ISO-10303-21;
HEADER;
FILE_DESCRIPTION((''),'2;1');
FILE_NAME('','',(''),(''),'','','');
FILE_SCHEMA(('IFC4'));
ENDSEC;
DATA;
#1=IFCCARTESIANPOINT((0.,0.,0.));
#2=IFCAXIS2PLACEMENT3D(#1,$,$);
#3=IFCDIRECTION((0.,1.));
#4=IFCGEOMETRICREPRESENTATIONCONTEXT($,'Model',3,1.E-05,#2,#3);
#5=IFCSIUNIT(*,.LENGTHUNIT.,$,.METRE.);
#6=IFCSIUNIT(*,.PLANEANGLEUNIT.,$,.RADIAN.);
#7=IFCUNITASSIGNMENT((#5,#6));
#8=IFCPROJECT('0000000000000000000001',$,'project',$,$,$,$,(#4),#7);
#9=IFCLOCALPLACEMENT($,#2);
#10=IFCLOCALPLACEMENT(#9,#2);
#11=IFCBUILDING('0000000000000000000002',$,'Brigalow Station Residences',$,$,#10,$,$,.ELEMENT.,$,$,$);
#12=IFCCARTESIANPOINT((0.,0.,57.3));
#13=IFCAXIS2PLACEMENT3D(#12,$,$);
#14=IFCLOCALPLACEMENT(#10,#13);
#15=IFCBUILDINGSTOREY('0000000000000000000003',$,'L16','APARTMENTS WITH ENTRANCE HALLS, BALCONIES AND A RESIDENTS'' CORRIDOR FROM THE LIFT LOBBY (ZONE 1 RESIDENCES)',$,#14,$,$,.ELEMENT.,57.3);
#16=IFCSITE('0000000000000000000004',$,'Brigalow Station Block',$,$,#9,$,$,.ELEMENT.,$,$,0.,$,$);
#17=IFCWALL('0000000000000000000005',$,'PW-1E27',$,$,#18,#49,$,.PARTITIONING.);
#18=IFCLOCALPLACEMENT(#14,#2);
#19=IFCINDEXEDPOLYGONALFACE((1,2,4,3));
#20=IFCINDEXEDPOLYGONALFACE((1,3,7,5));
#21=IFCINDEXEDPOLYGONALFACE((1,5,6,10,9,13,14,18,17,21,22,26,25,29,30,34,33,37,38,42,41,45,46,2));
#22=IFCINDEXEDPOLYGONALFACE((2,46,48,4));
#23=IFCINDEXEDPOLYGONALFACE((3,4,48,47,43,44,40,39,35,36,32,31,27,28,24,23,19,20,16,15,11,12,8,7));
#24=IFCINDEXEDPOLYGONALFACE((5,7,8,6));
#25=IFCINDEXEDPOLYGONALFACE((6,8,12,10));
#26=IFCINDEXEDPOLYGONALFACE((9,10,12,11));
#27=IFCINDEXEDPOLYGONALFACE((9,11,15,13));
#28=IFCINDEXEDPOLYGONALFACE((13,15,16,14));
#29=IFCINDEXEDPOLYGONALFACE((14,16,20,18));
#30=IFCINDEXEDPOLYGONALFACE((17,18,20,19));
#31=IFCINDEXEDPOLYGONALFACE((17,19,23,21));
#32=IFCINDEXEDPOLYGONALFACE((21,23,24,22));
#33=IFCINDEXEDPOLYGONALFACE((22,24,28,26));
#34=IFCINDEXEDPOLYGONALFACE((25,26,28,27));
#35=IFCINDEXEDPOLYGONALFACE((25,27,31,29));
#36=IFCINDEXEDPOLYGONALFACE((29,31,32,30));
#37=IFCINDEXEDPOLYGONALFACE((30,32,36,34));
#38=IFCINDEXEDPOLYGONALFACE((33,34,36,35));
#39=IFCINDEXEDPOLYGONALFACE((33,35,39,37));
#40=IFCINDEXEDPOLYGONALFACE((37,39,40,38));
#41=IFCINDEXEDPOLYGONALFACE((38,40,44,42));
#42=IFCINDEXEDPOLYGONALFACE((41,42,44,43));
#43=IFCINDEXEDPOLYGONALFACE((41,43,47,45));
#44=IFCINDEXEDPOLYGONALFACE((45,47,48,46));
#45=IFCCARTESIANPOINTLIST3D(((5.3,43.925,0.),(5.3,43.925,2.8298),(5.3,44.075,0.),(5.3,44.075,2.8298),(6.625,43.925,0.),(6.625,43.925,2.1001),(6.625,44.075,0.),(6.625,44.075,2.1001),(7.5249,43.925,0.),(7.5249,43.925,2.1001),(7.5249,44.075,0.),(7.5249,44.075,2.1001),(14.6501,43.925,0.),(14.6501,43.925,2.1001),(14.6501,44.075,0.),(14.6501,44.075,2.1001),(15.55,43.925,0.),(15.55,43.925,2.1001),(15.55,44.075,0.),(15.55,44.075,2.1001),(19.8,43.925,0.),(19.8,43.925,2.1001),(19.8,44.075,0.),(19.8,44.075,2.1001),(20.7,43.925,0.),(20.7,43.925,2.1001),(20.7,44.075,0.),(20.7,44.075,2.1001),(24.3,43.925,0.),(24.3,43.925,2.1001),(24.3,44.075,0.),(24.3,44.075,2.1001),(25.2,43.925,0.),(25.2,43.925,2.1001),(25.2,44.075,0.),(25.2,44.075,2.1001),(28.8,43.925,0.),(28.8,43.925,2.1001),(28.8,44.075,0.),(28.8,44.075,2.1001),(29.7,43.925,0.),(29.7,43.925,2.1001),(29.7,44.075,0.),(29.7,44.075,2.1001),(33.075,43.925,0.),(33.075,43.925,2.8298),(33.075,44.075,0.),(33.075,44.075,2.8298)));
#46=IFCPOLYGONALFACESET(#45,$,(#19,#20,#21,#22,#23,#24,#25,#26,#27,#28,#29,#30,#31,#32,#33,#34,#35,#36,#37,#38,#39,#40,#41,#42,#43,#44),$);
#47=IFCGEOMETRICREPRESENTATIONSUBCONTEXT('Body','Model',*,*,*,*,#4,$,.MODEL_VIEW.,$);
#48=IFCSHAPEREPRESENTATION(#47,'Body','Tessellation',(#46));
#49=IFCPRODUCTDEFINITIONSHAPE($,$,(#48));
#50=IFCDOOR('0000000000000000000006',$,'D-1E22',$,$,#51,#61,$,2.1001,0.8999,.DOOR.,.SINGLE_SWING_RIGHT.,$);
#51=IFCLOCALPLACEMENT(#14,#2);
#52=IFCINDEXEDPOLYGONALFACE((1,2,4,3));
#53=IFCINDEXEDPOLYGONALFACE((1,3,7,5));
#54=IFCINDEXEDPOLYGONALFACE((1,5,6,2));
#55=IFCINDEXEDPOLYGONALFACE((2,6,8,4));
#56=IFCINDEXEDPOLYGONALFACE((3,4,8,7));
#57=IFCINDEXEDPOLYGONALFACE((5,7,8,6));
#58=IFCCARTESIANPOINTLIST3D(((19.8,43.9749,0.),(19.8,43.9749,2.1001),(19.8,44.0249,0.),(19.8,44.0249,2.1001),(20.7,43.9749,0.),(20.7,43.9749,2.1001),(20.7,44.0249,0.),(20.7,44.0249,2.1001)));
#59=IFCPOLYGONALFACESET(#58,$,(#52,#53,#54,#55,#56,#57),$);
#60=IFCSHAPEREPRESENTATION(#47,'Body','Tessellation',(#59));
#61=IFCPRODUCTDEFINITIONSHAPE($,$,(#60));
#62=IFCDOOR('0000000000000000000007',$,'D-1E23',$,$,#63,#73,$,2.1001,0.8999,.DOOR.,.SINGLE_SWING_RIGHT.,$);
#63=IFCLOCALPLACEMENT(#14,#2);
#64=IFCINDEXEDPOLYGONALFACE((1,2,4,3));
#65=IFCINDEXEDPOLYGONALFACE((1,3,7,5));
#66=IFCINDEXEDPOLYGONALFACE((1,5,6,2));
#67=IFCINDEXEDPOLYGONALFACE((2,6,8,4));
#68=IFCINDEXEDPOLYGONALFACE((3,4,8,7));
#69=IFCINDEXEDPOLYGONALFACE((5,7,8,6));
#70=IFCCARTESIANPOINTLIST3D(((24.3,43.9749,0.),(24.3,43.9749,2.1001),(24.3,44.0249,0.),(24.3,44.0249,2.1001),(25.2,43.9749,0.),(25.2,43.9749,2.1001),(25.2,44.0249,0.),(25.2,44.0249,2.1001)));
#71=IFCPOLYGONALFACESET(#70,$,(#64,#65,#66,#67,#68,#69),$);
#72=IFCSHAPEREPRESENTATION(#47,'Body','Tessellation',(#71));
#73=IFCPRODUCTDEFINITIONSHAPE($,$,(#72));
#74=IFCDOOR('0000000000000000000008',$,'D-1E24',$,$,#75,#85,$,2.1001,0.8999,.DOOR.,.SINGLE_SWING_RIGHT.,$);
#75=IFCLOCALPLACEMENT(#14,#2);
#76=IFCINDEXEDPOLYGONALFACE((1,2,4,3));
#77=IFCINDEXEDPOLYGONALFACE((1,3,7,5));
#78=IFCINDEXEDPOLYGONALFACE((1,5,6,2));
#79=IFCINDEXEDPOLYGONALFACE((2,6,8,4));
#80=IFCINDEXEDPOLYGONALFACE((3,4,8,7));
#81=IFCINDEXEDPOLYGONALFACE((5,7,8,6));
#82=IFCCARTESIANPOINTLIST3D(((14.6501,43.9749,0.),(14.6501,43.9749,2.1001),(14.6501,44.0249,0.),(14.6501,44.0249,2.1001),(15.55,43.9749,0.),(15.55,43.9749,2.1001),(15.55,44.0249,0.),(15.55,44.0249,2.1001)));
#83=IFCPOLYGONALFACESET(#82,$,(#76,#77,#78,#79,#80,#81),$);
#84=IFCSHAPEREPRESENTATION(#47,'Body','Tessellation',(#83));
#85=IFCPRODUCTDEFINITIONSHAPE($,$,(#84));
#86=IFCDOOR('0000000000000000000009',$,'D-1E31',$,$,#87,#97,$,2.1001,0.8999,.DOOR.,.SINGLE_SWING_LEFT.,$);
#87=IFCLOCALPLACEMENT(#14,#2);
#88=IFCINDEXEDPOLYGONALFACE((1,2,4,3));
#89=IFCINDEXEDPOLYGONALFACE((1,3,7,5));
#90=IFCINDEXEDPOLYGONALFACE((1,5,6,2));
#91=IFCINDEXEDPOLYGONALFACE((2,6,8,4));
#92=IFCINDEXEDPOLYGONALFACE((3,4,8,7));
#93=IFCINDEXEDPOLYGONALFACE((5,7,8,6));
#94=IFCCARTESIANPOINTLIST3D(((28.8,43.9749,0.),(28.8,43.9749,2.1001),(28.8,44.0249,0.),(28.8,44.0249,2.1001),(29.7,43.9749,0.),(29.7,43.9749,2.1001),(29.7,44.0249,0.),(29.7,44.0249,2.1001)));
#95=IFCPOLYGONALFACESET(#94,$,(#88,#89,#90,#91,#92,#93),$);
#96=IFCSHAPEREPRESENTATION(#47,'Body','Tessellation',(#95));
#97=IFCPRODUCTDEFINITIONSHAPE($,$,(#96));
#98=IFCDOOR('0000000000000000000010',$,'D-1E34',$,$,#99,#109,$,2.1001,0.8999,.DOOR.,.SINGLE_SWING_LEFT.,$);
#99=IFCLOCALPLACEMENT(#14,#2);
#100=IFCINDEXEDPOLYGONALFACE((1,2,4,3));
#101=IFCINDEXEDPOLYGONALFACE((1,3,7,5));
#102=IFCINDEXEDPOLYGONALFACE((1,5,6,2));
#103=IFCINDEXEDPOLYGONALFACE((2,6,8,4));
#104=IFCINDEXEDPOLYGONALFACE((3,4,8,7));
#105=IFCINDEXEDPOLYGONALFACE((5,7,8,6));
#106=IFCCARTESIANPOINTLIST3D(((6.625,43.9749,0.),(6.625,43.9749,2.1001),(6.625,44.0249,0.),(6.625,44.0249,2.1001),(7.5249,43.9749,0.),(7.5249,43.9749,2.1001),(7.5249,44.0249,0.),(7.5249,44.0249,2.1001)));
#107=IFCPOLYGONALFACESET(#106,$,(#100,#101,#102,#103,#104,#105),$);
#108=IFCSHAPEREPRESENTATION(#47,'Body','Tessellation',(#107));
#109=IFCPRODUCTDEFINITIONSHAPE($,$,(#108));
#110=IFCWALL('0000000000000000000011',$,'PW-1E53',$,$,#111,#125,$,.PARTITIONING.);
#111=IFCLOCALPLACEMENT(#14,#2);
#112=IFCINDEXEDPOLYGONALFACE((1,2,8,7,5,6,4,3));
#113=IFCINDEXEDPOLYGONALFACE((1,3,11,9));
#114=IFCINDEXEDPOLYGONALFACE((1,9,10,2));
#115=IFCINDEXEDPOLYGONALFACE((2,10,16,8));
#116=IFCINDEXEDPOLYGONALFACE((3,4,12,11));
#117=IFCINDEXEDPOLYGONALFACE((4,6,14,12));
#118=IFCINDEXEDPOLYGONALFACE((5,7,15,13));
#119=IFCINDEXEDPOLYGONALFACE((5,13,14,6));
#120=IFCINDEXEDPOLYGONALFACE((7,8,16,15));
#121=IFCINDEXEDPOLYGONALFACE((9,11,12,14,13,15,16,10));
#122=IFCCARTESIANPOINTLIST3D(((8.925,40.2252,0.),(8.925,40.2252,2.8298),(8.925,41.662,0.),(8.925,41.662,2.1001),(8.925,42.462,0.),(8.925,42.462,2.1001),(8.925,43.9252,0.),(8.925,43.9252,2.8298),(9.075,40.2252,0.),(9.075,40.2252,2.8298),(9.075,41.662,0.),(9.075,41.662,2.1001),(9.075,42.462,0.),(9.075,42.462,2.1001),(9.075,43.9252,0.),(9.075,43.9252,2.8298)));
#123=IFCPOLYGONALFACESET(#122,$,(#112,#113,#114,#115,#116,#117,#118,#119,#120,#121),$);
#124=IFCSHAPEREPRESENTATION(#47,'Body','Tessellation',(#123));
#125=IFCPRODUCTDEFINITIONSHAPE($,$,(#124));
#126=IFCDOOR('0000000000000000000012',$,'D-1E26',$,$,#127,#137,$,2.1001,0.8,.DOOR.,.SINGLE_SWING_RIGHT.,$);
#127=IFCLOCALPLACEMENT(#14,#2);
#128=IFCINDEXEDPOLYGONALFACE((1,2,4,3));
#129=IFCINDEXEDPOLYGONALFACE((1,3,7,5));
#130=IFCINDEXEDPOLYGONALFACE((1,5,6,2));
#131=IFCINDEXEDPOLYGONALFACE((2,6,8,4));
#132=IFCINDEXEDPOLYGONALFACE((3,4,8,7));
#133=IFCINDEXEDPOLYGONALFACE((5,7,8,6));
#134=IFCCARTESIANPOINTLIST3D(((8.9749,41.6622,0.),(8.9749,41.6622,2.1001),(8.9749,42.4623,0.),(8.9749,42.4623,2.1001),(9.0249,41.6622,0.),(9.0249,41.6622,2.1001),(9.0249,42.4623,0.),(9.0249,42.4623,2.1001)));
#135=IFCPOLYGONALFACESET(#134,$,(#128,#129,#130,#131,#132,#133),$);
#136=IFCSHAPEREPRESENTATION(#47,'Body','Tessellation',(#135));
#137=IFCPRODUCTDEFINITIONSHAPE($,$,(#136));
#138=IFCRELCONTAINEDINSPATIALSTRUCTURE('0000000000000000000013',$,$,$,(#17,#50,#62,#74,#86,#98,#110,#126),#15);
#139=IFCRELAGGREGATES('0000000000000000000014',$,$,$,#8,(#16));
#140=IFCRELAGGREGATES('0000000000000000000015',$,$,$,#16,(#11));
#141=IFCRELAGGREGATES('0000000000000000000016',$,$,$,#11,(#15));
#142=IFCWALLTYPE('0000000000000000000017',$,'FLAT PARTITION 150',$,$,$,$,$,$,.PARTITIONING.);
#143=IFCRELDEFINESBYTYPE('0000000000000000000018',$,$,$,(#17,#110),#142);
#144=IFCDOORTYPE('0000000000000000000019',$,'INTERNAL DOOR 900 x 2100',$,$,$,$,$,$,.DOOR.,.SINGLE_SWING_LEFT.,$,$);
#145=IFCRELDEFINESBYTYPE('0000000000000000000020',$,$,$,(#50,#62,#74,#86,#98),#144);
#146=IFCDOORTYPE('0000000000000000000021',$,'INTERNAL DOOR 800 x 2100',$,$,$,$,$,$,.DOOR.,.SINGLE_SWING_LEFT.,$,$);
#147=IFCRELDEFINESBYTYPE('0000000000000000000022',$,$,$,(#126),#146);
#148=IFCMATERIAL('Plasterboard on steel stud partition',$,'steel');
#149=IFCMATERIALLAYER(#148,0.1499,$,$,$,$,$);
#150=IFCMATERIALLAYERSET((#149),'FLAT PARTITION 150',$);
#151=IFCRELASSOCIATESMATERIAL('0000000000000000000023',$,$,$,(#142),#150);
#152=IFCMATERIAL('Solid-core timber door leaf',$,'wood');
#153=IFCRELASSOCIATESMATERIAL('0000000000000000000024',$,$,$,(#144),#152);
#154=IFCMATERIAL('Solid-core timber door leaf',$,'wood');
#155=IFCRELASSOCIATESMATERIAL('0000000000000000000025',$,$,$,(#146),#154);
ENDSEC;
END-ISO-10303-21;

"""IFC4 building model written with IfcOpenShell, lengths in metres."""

from ifc_helpers import new_model, si_unit, direction, frame, frame_2d, origin, place, context, subcontext, project, spatial, rectangle, extrude, material, layer, layer_set, type_object, element, fill, save


model = new_model("IFC4")

# Units and contexts
model_context = context("Model", 3, precision=1e-05, world=origin(), true_north=direction((0.0, 1.0)))
body_context = subcontext(model_context, "Body", "Model", "MODEL_VIEW")
ifc_project = project(units=[si_unit("LENGTHUNIT", "METRE"), si_unit("PLANEANGLEUNIT", "RADIAN")], contexts=[model_context])

# Site, building, storey
site_placement = place(None, origin())
site = spatial("IfcSite", under=ifc_project, at=site_placement, Name="Brigalow Station Block", CompositionType="ELEMENT", RefElevation=0.0)
building_placement = place(site_placement, origin())
building = spatial("IfcBuilding", under=site, at=building_placement, Name="Brigalow Station Residences", CompositionType="ELEMENT")
storey_placement = place(building_placement, frame((0.0, 0.0, 57.3)))
storey = spatial("IfcBuildingStorey", under=building, at=storey_placement, Name="L16", Description="APARTMENTS WITH ENTRANCE HALLS, BALCONIES AND A RESIDENTS' CORRIDOR FROM THE LIFT LOBBY (ZONE 1 RESIDENCES)", CompositionType="ELEMENT", Elevation=57.3)

# Wall, openings, doors
ifc_material_1 = material(Name="Plasterboard on steel stud partition", Category="steel")
ifc_layer_1 = layer(ifc_material_1, 0.1499)
ifc_layer_set_1 = layer_set([ifc_layer_1], Name="FLAT PARTITION 150")
wall_type_1 = type_object("IfcWallType", Name="FLAT PARTITION 150", PredefinedType="PARTITIONING", material=ifc_layer_set_1)
wall_1_placement = place(storey_placement, frame((5.3, 44.0, 0.0), z_axis=(0.0, 0.0, 1.0), x_axis=(1.0, 0.0, 0.0)))
wall_1 = element("IfcWall", 1, at=wall_1_placement, inside=storey, type_object=wall_type_1, Name="PW-1E27", PredefinedType="PARTITIONING", context=body_context, shape_type="SweptSolid", body=[
    extrude(rectangle(XDim=27.7749, YDim=0.1499, at=frame_2d((13.8875, 0.0))), origin(), (0.0, 0.0, 1.0), 2.8298),
])
opening_1_placement = place(wall_1_placement, frame((14.5, 0.0, 0.0)))
opening_1 = element("IfcOpeningElement", 2, at=opening_1_placement, cuts=wall_1, PredefinedType="OPENING", context=body_context, shape_type="SweptSolid", body=[
    extrude(rectangle(XDim=0.8999, YDim=2.1001, at=frame_2d((0.45, 1.05))), frame((0.0, 0.085, 0.0), z_axis=(0.0, -1.0, 0.0), x_axis=(1.0, 0.0, 0.0)), (0.0, 0.0, 1.0), 0.1699),
])
opening_2_placement = place(wall_1_placement, frame((19.0, 0.0, 0.0)))
opening_2 = element("IfcOpeningElement", 3, at=opening_2_placement, cuts=wall_1, PredefinedType="OPENING", context=body_context, shape_type="SweptSolid", body=[
    extrude(rectangle(XDim=0.8999, YDim=2.1001, at=frame_2d((0.45, 1.05))), frame((0.0, 0.085, 0.0), z_axis=(0.0, -1.0, 0.0), x_axis=(1.0, 0.0, 0.0)), (0.0, 0.0, 1.0), 0.1699),
])
opening_3_placement = place(wall_1_placement, frame((9.3501, 0.0, 0.0)))
opening_3 = element("IfcOpeningElement", 4, at=opening_3_placement, cuts=wall_1, PredefinedType="OPENING", context=body_context, shape_type="SweptSolid", body=[
    extrude(rectangle(XDim=0.8999, YDim=2.1001, at=frame_2d((0.45, 1.05))), frame((0.0, 0.085, 0.0), z_axis=(0.0, -1.0, 0.0), x_axis=(1.0, 0.0, 0.0)), (0.0, 0.0, 1.0), 0.1699),
])
opening_4_placement = place(wall_1_placement, frame((23.5, 0.0, 0.0)))
opening_4 = element("IfcOpeningElement", 5, at=opening_4_placement, cuts=wall_1, PredefinedType="OPENING", context=body_context, shape_type="SweptSolid", body=[
    extrude(rectangle(XDim=0.8999, YDim=2.1001, at=frame_2d((0.45, 1.05))), frame((0.0, 0.085, 0.0), z_axis=(0.0, -1.0, 0.0), x_axis=(1.0, 0.0, 0.0)), (0.0, 0.0, 1.0), 0.1699),
])
opening_5_placement = place(wall_1_placement, frame((1.325, 0.0, 0.0)))
opening_5 = element("IfcOpeningElement", 6, at=opening_5_placement, cuts=wall_1, PredefinedType="OPENING", context=body_context, shape_type="SweptSolid", body=[
    extrude(rectangle(XDim=0.8999, YDim=2.1001, at=frame_2d((0.45, 1.05))), frame((0.0, 0.085, 0.0), z_axis=(0.0, -1.0, 0.0), x_axis=(1.0, 0.0, 0.0)), (0.0, 0.0, 1.0), 0.1699),
])
ifc_material_2 = material(Name="Solid-core timber door leaf", Category="wood")
door_type_1 = type_object("IfcDoorType", Name="INTERNAL DOOR 900 x 2100", OperationType="SINGLE_SWING_LEFT", PredefinedType="DOOR", material=ifc_material_2)
door_1_placement = place(opening_1_placement, origin())
door_1 = element("IfcDoor", 7, at=door_1_placement, inside=storey, type_object=door_type_1, Name="D-1E22", OperationType="SINGLE_SWING_RIGHT", OverallHeight=2.1001, OverallWidth=0.8999, PredefinedType="DOOR", context=body_context, shape_type="SweptSolid", body=[
    extrude(rectangle(XDim=0.8999, YDim=2.1001, at=frame_2d((0.45, 1.05))), frame((0.0, 0.0249, 0.0), z_axis=(0.0, -1.0, 0.0), x_axis=(1.0, 0.0, 0.0)), (0.0, 0.0, 1.0), 0.05),
])
fill(opening_1, door_1)
door_2_placement = place(opening_2_placement, origin())
door_2 = element("IfcDoor", 8, at=door_2_placement, inside=storey, type_object=door_type_1, Name="D-1E23", OperationType="SINGLE_SWING_RIGHT", OverallHeight=2.1001, OverallWidth=0.8999, PredefinedType="DOOR", context=body_context, shape_type="SweptSolid", body=[
    extrude(rectangle(XDim=0.8999, YDim=2.1001, at=frame_2d((0.45, 1.05))), frame((0.0, 0.0249, 0.0), z_axis=(0.0, -1.0, 0.0), x_axis=(1.0, 0.0, 0.0)), (0.0, 0.0, 1.0), 0.05),
])
fill(opening_2, door_2)
door_3_placement = place(opening_3_placement, origin())
door_3 = element("IfcDoor", 9, at=door_3_placement, inside=storey, type_object=door_type_1, Name="D-1E24", OperationType="SINGLE_SWING_RIGHT", OverallHeight=2.1001, OverallWidth=0.8999, PredefinedType="DOOR", context=body_context, shape_type="SweptSolid", body=[
    extrude(rectangle(XDim=0.8999, YDim=2.1001, at=frame_2d((0.45, 1.05))), frame((0.0, 0.0249, 0.0), z_axis=(0.0, -1.0, 0.0), x_axis=(1.0, 0.0, 0.0)), (0.0, 0.0, 1.0), 0.05),
])
fill(opening_3, door_3)
door_4_placement = place(opening_4_placement, origin())
door_4 = element("IfcDoor", 10, at=door_4_placement, inside=storey, type_object=door_type_1, Name="D-1E31", OperationType="SINGLE_SWING_LEFT", OverallHeight=2.1001, OverallWidth=0.8999, PredefinedType="DOOR", context=body_context, shape_type="SweptSolid", body=[
    extrude(rectangle(XDim=0.8999, YDim=2.1001, at=frame_2d((0.45, 1.05))), frame((0.0, 0.0249, 0.0), z_axis=(0.0, -1.0, 0.0), x_axis=(1.0, 0.0, 0.0)), (0.0, 0.0, 1.0), 0.05),
])
fill(opening_4, door_4)
door_5_placement = place(opening_5_placement, origin())
door_5 = element("IfcDoor", 11, at=door_5_placement, inside=storey, type_object=door_type_1, Name="D-1E34", OperationType="SINGLE_SWING_LEFT", OverallHeight=2.1001, OverallWidth=0.8999, PredefinedType="DOOR", context=body_context, shape_type="SweptSolid", body=[
    extrude(rectangle(XDim=0.8999, YDim=2.1001, at=frame_2d((0.45, 1.05))), frame((0.0, 0.0249, 0.0), z_axis=(0.0, -1.0, 0.0), x_axis=(1.0, 0.0, 0.0)), (0.0, 0.0, 1.0), 0.05),
])
fill(opening_5, door_5)

# Wall, opening, door
wall_2_placement = place(storey_placement, frame((9.0, 40.2251, 0.0), z_axis=(0.0, 0.0, 1.0), x_axis=(0.0, 1.0, 0.0)))
wall_2 = element("IfcWall", 12, at=wall_2_placement, inside=storey, type_object=wall_type_1, Name="PW-1E53", PredefinedType="PARTITIONING", context=body_context, shape_type="SweptSolid", body=[
    extrude(rectangle(XDim=3.7, YDim=0.1499, at=frame_2d((1.8501, 0.0))), origin(), (0.0, 0.0, 1.0), 2.8298),
])
opening_6_placement = place(wall_2_placement, frame((1.437, 0.0, 0.0)))
opening_6 = element("IfcOpeningElement", 13, at=opening_6_placement, cuts=wall_2, PredefinedType="OPENING", context=body_context, shape_type="SweptSolid", body=[
    extrude(rectangle(XDim=0.8, YDim=2.1001, at=frame_2d((0.3999, 1.05))), frame((0.0, 0.085, 0.0), z_axis=(0.0, -1.0, 0.0), x_axis=(1.0, 0.0, 0.0)), (0.0, 0.0, 1.0), 0.1699),
])
ifc_material_3 = material(Name="Solid-core timber door leaf", Category="wood")
door_type_2 = type_object("IfcDoorType", Name="INTERNAL DOOR 800 x 2100", OperationType="SINGLE_SWING_LEFT", PredefinedType="DOOR", material=ifc_material_3)
door_6_placement = place(opening_6_placement, frame((0.8, 0.0, 0.0), z_axis=(0.0, 0.0, 1.0), x_axis=(-1.0, 0.0, 0.0)))
door_6 = element("IfcDoor", 14, at=door_6_placement, inside=storey, type_object=door_type_2, Name="D-1E26", OperationType="SINGLE_SWING_RIGHT", OverallHeight=2.1001, OverallWidth=0.8, PredefinedType="DOOR", context=body_context, shape_type="SweptSolid", body=[
    extrude(rectangle(XDim=0.8, YDim=2.1001, at=frame_2d((0.3999, 1.05))), frame((0.0, 0.0249, 0.0), z_axis=(0.0, -1.0, 0.0), x_axis=(1.0, 0.0, 0.0)), (0.0, 0.0, 1.0), 0.05),
])
fill(opening_6, door_6)

save(model, "model.ifc")
